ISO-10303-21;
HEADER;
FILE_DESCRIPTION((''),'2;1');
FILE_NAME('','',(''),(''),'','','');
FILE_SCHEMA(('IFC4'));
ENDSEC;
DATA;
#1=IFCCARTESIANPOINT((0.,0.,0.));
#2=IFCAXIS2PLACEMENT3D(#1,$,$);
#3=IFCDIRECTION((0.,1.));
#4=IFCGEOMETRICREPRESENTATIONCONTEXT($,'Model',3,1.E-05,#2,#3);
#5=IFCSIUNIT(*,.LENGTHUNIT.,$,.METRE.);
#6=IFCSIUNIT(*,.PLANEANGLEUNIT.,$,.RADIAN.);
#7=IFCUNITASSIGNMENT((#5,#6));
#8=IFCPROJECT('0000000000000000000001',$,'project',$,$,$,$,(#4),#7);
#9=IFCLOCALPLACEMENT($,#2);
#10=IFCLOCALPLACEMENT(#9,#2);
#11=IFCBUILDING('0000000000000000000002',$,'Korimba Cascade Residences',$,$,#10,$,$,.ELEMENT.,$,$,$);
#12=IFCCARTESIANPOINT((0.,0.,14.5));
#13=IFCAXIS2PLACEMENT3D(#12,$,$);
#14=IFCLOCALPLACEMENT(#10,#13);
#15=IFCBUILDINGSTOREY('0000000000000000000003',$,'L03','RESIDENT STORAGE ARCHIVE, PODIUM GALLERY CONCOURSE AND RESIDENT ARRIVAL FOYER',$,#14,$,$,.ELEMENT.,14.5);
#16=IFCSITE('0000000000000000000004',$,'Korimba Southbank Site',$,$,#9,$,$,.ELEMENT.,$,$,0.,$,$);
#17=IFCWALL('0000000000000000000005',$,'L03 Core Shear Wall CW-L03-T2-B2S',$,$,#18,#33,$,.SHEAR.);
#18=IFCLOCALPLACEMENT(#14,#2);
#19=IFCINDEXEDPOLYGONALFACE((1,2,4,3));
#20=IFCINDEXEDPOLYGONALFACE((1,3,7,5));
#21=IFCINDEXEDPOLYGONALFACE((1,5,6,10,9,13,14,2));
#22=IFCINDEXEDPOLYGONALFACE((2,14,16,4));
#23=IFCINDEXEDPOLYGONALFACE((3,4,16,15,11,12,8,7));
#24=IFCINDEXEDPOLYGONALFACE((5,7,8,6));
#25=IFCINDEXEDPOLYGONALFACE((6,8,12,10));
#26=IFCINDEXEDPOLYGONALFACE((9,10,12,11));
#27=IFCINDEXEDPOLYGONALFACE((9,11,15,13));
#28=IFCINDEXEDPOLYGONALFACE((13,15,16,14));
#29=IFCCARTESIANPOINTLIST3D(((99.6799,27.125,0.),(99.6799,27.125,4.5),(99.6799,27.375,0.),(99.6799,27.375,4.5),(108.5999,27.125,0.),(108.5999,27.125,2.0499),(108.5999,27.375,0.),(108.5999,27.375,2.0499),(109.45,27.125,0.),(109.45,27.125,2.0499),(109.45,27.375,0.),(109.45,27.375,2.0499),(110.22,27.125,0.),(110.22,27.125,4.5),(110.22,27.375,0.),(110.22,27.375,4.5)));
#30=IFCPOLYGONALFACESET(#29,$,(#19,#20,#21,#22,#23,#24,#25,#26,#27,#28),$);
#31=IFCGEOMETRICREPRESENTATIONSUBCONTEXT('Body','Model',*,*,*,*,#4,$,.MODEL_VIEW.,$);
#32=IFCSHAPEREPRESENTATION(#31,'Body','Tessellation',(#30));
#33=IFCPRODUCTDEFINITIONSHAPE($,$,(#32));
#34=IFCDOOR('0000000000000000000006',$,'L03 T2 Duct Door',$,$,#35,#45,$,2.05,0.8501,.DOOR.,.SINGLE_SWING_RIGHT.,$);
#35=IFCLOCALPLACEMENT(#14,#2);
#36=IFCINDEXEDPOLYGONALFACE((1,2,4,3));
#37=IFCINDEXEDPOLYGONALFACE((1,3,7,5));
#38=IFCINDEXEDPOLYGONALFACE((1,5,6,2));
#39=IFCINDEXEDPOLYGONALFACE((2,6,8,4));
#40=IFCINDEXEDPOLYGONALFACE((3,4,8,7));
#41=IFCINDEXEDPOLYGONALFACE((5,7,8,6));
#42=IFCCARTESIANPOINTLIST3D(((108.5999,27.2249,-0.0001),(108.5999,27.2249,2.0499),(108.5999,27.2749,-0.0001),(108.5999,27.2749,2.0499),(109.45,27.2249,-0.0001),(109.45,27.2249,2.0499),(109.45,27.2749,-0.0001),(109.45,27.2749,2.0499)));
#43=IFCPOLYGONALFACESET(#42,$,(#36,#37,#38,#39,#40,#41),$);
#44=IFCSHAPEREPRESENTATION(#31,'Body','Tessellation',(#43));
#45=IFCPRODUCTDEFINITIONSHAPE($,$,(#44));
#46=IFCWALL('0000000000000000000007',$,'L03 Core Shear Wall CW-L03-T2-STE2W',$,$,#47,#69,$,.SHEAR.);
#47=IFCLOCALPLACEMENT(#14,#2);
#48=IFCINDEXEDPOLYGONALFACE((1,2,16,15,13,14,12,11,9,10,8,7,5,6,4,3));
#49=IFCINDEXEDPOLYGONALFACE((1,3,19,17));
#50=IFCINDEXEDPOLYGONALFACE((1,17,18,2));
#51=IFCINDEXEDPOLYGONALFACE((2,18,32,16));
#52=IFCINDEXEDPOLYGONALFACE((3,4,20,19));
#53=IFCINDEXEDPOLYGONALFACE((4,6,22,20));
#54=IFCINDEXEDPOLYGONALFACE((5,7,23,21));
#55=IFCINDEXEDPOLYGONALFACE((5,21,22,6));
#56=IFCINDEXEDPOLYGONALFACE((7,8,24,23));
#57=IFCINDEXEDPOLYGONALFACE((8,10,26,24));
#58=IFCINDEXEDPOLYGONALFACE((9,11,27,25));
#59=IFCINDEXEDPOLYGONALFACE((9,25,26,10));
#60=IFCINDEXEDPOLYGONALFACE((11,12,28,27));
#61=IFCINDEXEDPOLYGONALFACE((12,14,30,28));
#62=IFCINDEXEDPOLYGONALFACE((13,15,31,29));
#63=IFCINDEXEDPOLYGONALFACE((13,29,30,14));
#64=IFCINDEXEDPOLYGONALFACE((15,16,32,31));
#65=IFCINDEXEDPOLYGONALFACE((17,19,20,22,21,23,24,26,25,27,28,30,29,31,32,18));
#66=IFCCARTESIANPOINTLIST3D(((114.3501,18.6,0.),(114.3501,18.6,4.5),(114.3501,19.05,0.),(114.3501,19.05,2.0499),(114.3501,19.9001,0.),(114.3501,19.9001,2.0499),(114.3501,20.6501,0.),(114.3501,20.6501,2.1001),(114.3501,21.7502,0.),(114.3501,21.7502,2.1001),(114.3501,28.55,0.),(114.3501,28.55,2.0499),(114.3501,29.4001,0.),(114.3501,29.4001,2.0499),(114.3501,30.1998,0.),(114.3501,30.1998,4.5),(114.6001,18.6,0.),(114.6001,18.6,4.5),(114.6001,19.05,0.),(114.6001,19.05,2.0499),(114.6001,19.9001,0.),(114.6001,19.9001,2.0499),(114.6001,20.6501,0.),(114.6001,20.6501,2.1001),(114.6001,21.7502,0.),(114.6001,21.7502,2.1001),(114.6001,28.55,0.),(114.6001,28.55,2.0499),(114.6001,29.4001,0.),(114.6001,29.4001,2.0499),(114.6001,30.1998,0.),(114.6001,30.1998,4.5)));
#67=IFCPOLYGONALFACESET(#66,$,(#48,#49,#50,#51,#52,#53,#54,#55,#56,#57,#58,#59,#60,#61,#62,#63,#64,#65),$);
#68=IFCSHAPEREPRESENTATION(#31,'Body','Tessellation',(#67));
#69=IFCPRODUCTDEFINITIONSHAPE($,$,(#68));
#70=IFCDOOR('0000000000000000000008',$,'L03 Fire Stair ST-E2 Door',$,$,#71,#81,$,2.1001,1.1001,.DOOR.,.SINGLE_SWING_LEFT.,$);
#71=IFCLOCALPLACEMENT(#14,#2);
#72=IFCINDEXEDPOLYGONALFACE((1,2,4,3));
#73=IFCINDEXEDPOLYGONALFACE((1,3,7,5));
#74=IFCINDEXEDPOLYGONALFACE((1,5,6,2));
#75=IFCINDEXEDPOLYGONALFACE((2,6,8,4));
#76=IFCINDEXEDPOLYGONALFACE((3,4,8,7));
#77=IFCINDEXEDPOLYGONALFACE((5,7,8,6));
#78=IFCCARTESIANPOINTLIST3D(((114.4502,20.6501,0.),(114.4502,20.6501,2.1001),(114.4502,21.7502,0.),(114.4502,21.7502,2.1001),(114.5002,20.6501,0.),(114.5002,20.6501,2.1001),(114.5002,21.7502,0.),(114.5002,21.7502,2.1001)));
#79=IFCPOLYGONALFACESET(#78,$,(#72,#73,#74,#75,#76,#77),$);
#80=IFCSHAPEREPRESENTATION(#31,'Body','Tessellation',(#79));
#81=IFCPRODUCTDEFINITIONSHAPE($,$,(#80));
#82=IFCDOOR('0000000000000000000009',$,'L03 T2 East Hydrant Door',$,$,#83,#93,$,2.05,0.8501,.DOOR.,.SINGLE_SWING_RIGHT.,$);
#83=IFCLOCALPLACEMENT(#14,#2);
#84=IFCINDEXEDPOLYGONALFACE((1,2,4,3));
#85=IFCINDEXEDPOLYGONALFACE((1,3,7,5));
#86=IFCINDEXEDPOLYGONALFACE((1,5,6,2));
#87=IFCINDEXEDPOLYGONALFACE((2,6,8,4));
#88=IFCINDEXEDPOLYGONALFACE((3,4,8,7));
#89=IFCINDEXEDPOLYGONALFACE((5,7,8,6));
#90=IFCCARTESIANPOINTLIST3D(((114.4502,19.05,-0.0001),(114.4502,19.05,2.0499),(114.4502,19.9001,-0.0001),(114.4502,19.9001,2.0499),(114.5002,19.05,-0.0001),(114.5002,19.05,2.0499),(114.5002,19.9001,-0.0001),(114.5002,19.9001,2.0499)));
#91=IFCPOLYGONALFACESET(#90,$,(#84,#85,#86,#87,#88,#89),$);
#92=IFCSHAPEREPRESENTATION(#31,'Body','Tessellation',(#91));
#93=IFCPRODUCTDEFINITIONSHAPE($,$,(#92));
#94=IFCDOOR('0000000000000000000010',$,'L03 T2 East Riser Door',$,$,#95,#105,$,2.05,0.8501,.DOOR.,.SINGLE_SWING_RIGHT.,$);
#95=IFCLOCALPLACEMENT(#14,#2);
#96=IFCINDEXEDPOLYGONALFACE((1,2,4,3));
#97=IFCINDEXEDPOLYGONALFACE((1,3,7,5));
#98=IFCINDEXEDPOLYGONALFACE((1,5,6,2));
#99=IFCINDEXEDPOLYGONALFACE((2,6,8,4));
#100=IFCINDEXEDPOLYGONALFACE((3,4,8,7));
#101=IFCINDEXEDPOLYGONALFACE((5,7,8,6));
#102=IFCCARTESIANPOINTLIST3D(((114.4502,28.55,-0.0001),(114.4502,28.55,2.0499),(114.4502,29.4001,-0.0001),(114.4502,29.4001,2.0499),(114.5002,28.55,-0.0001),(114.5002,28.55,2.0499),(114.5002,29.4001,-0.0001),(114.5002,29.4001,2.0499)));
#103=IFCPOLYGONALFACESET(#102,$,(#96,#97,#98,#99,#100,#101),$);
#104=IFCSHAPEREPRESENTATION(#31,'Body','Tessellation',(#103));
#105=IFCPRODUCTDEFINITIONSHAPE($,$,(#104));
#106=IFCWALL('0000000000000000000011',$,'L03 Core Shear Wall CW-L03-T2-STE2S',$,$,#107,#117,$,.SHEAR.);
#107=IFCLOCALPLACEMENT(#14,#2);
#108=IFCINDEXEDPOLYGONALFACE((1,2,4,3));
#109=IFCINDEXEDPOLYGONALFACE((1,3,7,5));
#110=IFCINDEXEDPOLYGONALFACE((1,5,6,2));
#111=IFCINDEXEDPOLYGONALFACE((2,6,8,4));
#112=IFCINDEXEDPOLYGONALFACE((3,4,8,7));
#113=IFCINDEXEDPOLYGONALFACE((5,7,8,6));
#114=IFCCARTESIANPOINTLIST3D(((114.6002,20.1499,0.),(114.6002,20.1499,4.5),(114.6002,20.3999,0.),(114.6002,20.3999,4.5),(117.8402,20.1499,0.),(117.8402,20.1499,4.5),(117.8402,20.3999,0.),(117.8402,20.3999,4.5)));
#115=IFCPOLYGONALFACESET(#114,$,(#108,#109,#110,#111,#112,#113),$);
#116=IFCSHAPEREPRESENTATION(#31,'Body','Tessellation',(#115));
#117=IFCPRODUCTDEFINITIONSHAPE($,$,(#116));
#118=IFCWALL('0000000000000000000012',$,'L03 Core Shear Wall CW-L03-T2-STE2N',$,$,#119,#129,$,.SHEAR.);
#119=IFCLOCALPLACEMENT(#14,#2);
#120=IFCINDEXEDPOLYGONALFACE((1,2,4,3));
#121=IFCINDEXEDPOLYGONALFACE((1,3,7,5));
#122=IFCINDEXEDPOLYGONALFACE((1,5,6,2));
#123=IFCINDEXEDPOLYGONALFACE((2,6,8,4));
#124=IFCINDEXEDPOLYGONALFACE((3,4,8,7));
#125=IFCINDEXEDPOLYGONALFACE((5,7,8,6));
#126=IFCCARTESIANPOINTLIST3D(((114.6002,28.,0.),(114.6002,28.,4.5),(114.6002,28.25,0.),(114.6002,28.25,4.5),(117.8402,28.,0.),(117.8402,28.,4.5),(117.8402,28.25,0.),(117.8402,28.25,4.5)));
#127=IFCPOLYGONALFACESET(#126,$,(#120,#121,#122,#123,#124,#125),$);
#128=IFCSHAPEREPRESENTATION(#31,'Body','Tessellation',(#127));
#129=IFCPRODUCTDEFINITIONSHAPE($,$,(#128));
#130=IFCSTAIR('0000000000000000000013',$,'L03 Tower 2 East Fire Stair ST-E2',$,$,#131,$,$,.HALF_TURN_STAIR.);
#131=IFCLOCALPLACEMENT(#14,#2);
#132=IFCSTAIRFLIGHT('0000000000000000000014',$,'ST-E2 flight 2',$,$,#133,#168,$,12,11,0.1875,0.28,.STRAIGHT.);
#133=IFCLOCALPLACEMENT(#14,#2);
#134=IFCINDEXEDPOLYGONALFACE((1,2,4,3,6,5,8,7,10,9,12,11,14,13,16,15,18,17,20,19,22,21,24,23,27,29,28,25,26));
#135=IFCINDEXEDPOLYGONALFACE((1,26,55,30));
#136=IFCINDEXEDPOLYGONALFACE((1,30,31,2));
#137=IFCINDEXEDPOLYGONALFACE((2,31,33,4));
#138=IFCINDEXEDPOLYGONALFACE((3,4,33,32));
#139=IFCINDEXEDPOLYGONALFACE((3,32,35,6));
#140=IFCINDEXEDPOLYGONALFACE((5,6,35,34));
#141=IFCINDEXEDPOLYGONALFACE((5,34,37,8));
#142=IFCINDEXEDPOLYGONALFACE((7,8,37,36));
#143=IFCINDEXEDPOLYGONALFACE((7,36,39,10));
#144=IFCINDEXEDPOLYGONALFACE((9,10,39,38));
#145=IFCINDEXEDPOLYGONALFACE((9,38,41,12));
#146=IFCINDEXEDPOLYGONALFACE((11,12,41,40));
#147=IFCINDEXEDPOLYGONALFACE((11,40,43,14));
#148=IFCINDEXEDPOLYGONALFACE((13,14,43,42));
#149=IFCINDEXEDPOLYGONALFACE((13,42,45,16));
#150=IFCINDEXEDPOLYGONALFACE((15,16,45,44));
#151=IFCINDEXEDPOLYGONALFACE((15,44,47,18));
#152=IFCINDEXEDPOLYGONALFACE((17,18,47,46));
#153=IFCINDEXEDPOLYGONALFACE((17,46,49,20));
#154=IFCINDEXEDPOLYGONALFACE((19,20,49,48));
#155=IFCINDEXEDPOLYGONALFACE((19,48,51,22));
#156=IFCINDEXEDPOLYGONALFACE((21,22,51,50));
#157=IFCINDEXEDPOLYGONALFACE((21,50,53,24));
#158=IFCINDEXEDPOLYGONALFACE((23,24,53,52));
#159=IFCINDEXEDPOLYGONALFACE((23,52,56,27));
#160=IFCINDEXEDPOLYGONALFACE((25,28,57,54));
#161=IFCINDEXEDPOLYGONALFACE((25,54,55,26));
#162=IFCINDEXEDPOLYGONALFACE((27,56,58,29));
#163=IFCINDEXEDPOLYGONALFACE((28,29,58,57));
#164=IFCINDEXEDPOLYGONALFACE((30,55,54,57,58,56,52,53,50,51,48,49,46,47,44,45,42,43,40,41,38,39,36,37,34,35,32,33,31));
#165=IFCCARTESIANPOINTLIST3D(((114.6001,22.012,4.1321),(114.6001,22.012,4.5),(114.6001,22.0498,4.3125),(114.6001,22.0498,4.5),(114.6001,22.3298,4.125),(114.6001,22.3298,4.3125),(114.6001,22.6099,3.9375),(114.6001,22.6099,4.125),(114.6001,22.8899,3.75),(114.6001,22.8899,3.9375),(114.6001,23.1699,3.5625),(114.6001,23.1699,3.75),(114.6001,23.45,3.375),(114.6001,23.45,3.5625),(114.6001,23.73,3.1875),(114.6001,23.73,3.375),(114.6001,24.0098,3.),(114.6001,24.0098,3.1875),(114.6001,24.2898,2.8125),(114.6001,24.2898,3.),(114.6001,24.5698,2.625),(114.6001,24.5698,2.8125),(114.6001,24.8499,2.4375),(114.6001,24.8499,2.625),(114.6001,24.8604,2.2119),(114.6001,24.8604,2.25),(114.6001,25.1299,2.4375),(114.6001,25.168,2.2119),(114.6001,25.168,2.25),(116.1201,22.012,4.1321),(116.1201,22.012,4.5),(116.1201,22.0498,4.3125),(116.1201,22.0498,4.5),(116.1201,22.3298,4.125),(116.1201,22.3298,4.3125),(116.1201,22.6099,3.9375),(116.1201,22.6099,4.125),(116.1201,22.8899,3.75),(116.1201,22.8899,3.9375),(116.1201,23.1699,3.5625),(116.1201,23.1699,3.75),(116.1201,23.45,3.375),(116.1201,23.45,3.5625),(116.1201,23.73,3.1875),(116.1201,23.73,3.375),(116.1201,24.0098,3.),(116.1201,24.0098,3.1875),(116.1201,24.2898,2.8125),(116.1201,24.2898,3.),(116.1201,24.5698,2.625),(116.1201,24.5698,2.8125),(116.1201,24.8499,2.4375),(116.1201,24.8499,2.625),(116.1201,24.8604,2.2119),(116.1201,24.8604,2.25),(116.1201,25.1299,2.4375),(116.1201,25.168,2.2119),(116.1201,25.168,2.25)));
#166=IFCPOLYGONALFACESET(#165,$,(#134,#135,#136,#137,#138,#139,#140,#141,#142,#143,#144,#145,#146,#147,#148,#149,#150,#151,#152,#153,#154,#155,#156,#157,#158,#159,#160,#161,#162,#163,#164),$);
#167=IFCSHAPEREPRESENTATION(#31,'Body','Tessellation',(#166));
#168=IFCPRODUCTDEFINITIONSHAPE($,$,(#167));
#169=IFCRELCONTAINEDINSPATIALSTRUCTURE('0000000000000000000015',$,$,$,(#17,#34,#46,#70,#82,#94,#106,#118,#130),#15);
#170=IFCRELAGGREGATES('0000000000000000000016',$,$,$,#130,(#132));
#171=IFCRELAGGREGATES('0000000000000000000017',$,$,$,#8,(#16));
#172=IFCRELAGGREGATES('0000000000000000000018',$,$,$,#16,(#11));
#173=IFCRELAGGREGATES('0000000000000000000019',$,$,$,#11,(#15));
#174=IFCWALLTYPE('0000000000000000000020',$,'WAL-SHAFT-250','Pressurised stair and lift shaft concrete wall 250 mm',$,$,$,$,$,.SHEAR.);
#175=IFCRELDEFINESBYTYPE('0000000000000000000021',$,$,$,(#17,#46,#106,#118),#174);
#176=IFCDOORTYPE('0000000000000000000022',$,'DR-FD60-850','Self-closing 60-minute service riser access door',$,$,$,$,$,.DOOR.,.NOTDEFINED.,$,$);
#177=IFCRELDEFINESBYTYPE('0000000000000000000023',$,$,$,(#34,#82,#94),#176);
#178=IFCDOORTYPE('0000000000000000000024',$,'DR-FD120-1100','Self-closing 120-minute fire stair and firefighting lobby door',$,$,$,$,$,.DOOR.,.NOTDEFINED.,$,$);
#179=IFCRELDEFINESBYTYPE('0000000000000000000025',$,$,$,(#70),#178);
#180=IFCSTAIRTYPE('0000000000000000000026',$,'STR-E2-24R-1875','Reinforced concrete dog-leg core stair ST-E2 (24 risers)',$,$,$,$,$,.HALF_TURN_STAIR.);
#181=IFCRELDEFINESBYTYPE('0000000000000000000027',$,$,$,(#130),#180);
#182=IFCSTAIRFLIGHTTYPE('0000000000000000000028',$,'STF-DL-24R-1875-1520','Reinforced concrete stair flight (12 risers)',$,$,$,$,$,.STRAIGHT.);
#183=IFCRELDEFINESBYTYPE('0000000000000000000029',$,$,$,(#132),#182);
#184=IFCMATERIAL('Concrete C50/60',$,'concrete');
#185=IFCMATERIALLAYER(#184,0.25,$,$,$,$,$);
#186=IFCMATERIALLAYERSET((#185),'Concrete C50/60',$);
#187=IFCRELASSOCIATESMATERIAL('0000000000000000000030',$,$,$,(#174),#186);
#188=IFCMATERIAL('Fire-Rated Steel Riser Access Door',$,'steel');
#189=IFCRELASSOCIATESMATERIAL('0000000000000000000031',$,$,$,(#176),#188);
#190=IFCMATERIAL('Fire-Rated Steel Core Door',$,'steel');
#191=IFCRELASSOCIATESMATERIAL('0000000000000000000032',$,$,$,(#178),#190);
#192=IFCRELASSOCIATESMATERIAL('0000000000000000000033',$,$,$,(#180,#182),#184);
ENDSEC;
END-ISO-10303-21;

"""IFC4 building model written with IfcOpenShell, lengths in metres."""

from ifc_helpers import new_model, si_unit, direction, frame, frame_2d, origin, place, context, subcontext, project, spatial, polyline, rectangle, outline, extrude, material, layer, layer_set, type_object, element, fill, aggregate, save


model = new_model("IFC4")

# Units and contexts
model_context = context("Model", 3, precision=1e-05, world=origin(), true_north=direction((0.0, 1.0)))
body_context = subcontext(model_context, "Body", "Model", "MODEL_VIEW")
ifc_project = project(units=[si_unit("LENGTHUNIT", "METRE"), si_unit("PLANEANGLEUNIT", "RADIAN")], contexts=[model_context])

# Site, building, storey
site_placement = place(None, origin())
site = spatial("IfcSite", under=ifc_project, at=site_placement, Name="Korimba Southbank Site", CompositionType="ELEMENT", RefElevation=0.0)
building_placement = place(site_placement, origin())
building = spatial("IfcBuilding", under=site, at=building_placement, Name="Korimba Cascade Residences", CompositionType="ELEMENT")
storey_placement = place(building_placement, frame((0.0, 0.0, 14.5)))
storey = spatial("IfcBuildingStorey", under=building, at=storey_placement, Name="L03", Description="RESIDENT STORAGE ARCHIVE, PODIUM GALLERY CONCOURSE AND RESIDENT ARRIVAL FOYER", CompositionType="ELEMENT", Elevation=14.5)

# Shared definitions
ifc_material_1 = material(Name="Concrete C50/60", Category="concrete")

# Shared definitions
ifc_layer_1 = layer(ifc_material_1, 0.25)
ifc_layer_set_1 = layer_set([ifc_layer_1], Name="Concrete C50/60")
wall_type_1 = type_object("IfcWallType", Name="WAL-SHAFT-250", Description="Pressurised stair and lift shaft concrete wall 250 mm", PredefinedType="SHEAR", material=ifc_layer_set_1)

# Wall, opening, door
wall_1_placement = place(storey_placement, frame((99.6799, 27.25, 0.0), z_axis=(0.0, 0.0, 1.0), x_axis=(1.0, 0.0, 0.0)))
wall_1 = element("IfcWall", 1, at=wall_1_placement, inside=storey, type_object=wall_type_1, Name="L03 Core Shear Wall CW-L03-T2-B2S", PredefinedType="SHEAR", context=body_context, shape_type="SweptSolid", body=[
    extrude(rectangle(XDim=10.54, YDim=0.25, at=frame_2d((5.27, 0.0))), origin(), (0.0, 0.0, 1.0), 4.5),
])
opening_1_placement = place(wall_1_placement, frame((8.9199, 0.0, 0.0)))
opening_1 = element("IfcOpeningElement", 2, at=opening_1_placement, cuts=wall_1, PredefinedType="OPENING", context=body_context, shape_type="SweptSolid", body=[
    extrude(rectangle(XDim=0.8501, YDim=2.05, at=frame_2d((0.425, 1.0249))), frame((0.0, 0.135, 0.0), z_axis=(0.0, -1.0, 0.0), x_axis=(1.0, 0.0, 0.0)), (0.0, 0.0, 1.0), 0.27),
])
ifc_material_2 = material(Name="Fire-Rated Steel Riser Access Door", Category="steel")
door_type_1 = type_object("IfcDoorType", Name="DR-FD60-850", Description="Self-closing 60-minute service riser access door", OperationType="NOTDEFINED", PredefinedType="DOOR", material=ifc_material_2)
door_1_placement = place(opening_1_placement, origin())
door_1 = element("IfcDoor", 3, at=door_1_placement, inside=storey, type_object=door_type_1, Name="L03 T2 Duct Door", OperationType="SINGLE_SWING_RIGHT", OverallHeight=2.05, OverallWidth=0.8501, PredefinedType="DOOR", context=body_context, shape_type="SweptSolid", body=[
    extrude(rectangle(XDim=0.8501, YDim=2.05, at=frame_2d((0.425, 1.0249))), frame((0.0, 0.0249, 0.0), z_axis=(0.0, -1.0, 0.0), x_axis=(1.0, 0.0, 0.0)), (0.0, 0.0, 1.0), 0.05),
])
fill(opening_1, door_1)

# Wall, openings, doors
wall_2_placement = place(storey_placement, frame((114.4751, 18.6001, 0.0), z_axis=(0.0, 0.0, 1.0), x_axis=(0.0, 1.0, 0.0)))
wall_2 = element("IfcWall", 4, at=wall_2_placement, inside=storey, type_object=wall_type_1, Name="L03 Core Shear Wall CW-L03-T2-STE2W", PredefinedType="SHEAR", context=body_context, shape_type="SweptSolid", body=[
    extrude(rectangle(XDim=11.5999, YDim=0.25, at=frame_2d((5.7998, 0.0))), origin(), (0.0, 0.0, 1.0), 4.5),
])
opening_2_placement = place(wall_2_placement, frame((0.45, 0.0, 0.0)))
opening_2 = element("IfcOpeningElement", 5, at=opening_2_placement, cuts=wall_2, PredefinedType="OPENING", context=body_context, shape_type="SweptSolid", body=[
    extrude(rectangle(XDim=0.8501, YDim=2.05, at=frame_2d((0.425, 1.0249))), frame((0.0, 0.135, 0.0), z_axis=(0.0, -1.0, 0.0), x_axis=(1.0, 0.0, 0.0)), (0.0, 0.0, 1.0), 0.27),
])
opening_3_placement = place(wall_2_placement, frame((2.05, 0.0, 0.0)))
opening_3 = element("IfcOpeningElement", 6, at=opening_3_placement, cuts=wall_2, PredefinedType="OPENING", context=body_context, shape_type="SweptSolid", body=[
    extrude(rectangle(XDim=1.1001, YDim=2.1001, at=frame_2d((0.55, 1.05))), frame((0.0, 0.135, 0.0), z_axis=(0.0, -1.0, 0.0), x_axis=(1.0, 0.0, 0.0)), (0.0, 0.0, 1.0), 0.27),
])
opening_4_placement = place(wall_2_placement, frame((9.95, 0.0, 0.0)))
opening_4 = element("IfcOpeningElement", 7, at=opening_4_placement, cuts=wall_2, PredefinedType="OPENING", context=body_context, shape_type="SweptSolid", body=[
    extrude(rectangle(XDim=0.8501, YDim=2.05, at=frame_2d((0.425, 1.0249))), frame((0.0, 0.135, 0.0), z_axis=(0.0, -1.0, 0.0), x_axis=(1.0, 0.0, 0.0)), (0.0, 0.0, 1.0), 0.27),
])
ifc_material_3 = material(Name="Fire-Rated Steel Core Door", Category="steel")
door_type_2 = type_object("IfcDoorType", Name="DR-FD120-1100", Description="Self-closing 120-minute fire stair and firefighting lobby door", OperationType="NOTDEFINED", PredefinedType="DOOR", material=ifc_material_3)
door_2_placement = place(opening_3_placement, origin())
door_2 = element("IfcDoor", 8, at=door_2_placement, inside=storey, type_object=door_type_2, Name="L03 Fire Stair ST-E2 Door", OperationType="SINGLE_SWING_LEFT", OverallHeight=2.1001, OverallWidth=1.1001, PredefinedType="DOOR", context=body_context, shape_type="SweptSolid", body=[
    extrude(rectangle(XDim=1.1001, YDim=2.1001, at=frame_2d((0.55, 1.05))), frame((0.0, 0.0249, 0.0), z_axis=(0.0, -1.0, 0.0), x_axis=(1.0, 0.0, 0.0)), (0.0, 0.0, 1.0), 0.05),
])
fill(opening_3, door_2)
door_3_placement = place(opening_2_placement, origin())
door_3 = element("IfcDoor", 9, at=door_3_placement, inside=storey, type_object=door_type_1, Name="L03 T2 East Hydrant Door", OperationType="SINGLE_SWING_RIGHT", OverallHeight=2.05, OverallWidth=0.8501, PredefinedType="DOOR", context=body_context, shape_type="SweptSolid", body=[
    extrude(rectangle(XDim=0.8501, YDim=2.05, at=frame_2d((0.425, 1.0249))), frame((0.0, 0.0249, 0.0), z_axis=(0.0, -1.0, 0.0), x_axis=(1.0, 0.0, 0.0)), (0.0, 0.0, 1.0), 0.05),
])
fill(opening_2, door_3)
door_4_placement = place(opening_4_placement, origin())
door_4 = element("IfcDoor", 10, at=door_4_placement, inside=storey, type_object=door_type_1, Name="L03 T2 East Riser Door", OperationType="SINGLE_SWING_RIGHT", OverallHeight=2.05, OverallWidth=0.8501, PredefinedType="DOOR", context=body_context, shape_type="SweptSolid", body=[
    extrude(rectangle(XDim=0.8501, YDim=2.05, at=frame_2d((0.425, 1.0249))), frame((0.0, 0.0249, 0.0), z_axis=(0.0, -1.0, 0.0), x_axis=(1.0, 0.0, 0.0)), (0.0, 0.0, 1.0), 0.05),
])
fill(opening_4, door_4)

# Walls
for number, where, z_axis, x_axis, name in (
    (11, (114.6001, 20.2749, 0.0), (0.0, 0.0, 1.0), (1.0, 0.0, 0.0), "L03 Core Shear Wall CW-L03-T2-STE2S"),
    (12, (114.6001, 28.125, 0.0), (0.0, 0.0, 1.0), (1.0, 0.0, 0.0), "L03 Core Shear Wall CW-L03-T2-STE2N"),
):
    element("IfcWall", number, at=place(storey_placement, frame(where, z_axis=z_axis, x_axis=x_axis)), inside=storey, type_object=wall_type_1, Name=name, PredefinedType="SHEAR", context=body_context, shape_type="SweptSolid", body=[
        extrude(rectangle(XDim=3.24, YDim=0.25, at=frame_2d((1.6201, 0.0))), origin(), (0.0, 0.0, 1.0), 4.5),
    ])

# Stair, stair flight
stair_type = type_object("IfcStairType", Name="STR-E2-24R-1875", Description="Reinforced concrete dog-leg core stair ST-E2 (24 risers)", PredefinedType="HALF_TURN_STAIR", material=ifc_material_1)
stair_placement = place(storey_placement, origin())
stair = element("IfcStair", 13, at=stair_placement, inside=storey, type_object=stair_type, Name="L03 Tower 2 East Fire Stair ST-E2", PredefinedType="HALF_TURN_STAIR")
stair_flight_type = type_object("IfcStairFlightType", Name="STF-DL-24R-1875-1520", Description="Reinforced concrete stair flight (12 risers)", PredefinedType="STRAIGHT", material=ifc_material_1)
stair_flight_placement = place(storey_placement, frame((115.3601, 25.1299, 2.25), z_axis=(0.0, 0.0, 1.0), x_axis=(0.0, -1.0, 0.0)))
stair_flight = element("IfcStairFlight", 14, at=stair_flight_placement, type_object=stair_flight_type, Name="ST-E2 flight 2", NumberOfRisers=12, NumberOfTreads=11, PredefinedType="STRAIGHT", RiserHeight=0.1875, TreadLength=0.28, context=body_context, shape_type="SweptSolid", body=[
    extrude(outline(polyline([(-0.0381, 0.0), (0.0, 0.1875), (0.28, 0.1875), (0.28, 0.375), (0.5601, 0.375), (0.5601, 0.5625), (0.8401, 0.5625), (0.8401, 0.75), (1.1201, 0.75), (1.1201, 0.9375), (1.3999, 0.9375), (1.3999, 1.125), (1.6799, 1.125), (1.6799, 1.3125), (1.96, 1.3125), (1.96, 1.5), (2.24, 1.5), (2.24, 1.6875), (2.52, 1.6875), (2.52, 1.875), (2.8, 1.875), (2.8, 2.0625), (3.0801, 2.0625), (3.0801, 2.25), (3.1179, 2.25), (3.1179, 1.8821), (0.2695, 0.0), (0.2695, -0.0381), (-0.0381, -0.0381), (-0.0381, 0.0)])), frame((0.0, 0.76, 0.0), z_axis=(0.0, -1.0, 0.0), x_axis=(1.0, 0.0, 0.0)), (0.0, 0.0, 1.0), 1.52),
])
aggregate(stair, [stair_flight])

save(model, "model.ifc")
